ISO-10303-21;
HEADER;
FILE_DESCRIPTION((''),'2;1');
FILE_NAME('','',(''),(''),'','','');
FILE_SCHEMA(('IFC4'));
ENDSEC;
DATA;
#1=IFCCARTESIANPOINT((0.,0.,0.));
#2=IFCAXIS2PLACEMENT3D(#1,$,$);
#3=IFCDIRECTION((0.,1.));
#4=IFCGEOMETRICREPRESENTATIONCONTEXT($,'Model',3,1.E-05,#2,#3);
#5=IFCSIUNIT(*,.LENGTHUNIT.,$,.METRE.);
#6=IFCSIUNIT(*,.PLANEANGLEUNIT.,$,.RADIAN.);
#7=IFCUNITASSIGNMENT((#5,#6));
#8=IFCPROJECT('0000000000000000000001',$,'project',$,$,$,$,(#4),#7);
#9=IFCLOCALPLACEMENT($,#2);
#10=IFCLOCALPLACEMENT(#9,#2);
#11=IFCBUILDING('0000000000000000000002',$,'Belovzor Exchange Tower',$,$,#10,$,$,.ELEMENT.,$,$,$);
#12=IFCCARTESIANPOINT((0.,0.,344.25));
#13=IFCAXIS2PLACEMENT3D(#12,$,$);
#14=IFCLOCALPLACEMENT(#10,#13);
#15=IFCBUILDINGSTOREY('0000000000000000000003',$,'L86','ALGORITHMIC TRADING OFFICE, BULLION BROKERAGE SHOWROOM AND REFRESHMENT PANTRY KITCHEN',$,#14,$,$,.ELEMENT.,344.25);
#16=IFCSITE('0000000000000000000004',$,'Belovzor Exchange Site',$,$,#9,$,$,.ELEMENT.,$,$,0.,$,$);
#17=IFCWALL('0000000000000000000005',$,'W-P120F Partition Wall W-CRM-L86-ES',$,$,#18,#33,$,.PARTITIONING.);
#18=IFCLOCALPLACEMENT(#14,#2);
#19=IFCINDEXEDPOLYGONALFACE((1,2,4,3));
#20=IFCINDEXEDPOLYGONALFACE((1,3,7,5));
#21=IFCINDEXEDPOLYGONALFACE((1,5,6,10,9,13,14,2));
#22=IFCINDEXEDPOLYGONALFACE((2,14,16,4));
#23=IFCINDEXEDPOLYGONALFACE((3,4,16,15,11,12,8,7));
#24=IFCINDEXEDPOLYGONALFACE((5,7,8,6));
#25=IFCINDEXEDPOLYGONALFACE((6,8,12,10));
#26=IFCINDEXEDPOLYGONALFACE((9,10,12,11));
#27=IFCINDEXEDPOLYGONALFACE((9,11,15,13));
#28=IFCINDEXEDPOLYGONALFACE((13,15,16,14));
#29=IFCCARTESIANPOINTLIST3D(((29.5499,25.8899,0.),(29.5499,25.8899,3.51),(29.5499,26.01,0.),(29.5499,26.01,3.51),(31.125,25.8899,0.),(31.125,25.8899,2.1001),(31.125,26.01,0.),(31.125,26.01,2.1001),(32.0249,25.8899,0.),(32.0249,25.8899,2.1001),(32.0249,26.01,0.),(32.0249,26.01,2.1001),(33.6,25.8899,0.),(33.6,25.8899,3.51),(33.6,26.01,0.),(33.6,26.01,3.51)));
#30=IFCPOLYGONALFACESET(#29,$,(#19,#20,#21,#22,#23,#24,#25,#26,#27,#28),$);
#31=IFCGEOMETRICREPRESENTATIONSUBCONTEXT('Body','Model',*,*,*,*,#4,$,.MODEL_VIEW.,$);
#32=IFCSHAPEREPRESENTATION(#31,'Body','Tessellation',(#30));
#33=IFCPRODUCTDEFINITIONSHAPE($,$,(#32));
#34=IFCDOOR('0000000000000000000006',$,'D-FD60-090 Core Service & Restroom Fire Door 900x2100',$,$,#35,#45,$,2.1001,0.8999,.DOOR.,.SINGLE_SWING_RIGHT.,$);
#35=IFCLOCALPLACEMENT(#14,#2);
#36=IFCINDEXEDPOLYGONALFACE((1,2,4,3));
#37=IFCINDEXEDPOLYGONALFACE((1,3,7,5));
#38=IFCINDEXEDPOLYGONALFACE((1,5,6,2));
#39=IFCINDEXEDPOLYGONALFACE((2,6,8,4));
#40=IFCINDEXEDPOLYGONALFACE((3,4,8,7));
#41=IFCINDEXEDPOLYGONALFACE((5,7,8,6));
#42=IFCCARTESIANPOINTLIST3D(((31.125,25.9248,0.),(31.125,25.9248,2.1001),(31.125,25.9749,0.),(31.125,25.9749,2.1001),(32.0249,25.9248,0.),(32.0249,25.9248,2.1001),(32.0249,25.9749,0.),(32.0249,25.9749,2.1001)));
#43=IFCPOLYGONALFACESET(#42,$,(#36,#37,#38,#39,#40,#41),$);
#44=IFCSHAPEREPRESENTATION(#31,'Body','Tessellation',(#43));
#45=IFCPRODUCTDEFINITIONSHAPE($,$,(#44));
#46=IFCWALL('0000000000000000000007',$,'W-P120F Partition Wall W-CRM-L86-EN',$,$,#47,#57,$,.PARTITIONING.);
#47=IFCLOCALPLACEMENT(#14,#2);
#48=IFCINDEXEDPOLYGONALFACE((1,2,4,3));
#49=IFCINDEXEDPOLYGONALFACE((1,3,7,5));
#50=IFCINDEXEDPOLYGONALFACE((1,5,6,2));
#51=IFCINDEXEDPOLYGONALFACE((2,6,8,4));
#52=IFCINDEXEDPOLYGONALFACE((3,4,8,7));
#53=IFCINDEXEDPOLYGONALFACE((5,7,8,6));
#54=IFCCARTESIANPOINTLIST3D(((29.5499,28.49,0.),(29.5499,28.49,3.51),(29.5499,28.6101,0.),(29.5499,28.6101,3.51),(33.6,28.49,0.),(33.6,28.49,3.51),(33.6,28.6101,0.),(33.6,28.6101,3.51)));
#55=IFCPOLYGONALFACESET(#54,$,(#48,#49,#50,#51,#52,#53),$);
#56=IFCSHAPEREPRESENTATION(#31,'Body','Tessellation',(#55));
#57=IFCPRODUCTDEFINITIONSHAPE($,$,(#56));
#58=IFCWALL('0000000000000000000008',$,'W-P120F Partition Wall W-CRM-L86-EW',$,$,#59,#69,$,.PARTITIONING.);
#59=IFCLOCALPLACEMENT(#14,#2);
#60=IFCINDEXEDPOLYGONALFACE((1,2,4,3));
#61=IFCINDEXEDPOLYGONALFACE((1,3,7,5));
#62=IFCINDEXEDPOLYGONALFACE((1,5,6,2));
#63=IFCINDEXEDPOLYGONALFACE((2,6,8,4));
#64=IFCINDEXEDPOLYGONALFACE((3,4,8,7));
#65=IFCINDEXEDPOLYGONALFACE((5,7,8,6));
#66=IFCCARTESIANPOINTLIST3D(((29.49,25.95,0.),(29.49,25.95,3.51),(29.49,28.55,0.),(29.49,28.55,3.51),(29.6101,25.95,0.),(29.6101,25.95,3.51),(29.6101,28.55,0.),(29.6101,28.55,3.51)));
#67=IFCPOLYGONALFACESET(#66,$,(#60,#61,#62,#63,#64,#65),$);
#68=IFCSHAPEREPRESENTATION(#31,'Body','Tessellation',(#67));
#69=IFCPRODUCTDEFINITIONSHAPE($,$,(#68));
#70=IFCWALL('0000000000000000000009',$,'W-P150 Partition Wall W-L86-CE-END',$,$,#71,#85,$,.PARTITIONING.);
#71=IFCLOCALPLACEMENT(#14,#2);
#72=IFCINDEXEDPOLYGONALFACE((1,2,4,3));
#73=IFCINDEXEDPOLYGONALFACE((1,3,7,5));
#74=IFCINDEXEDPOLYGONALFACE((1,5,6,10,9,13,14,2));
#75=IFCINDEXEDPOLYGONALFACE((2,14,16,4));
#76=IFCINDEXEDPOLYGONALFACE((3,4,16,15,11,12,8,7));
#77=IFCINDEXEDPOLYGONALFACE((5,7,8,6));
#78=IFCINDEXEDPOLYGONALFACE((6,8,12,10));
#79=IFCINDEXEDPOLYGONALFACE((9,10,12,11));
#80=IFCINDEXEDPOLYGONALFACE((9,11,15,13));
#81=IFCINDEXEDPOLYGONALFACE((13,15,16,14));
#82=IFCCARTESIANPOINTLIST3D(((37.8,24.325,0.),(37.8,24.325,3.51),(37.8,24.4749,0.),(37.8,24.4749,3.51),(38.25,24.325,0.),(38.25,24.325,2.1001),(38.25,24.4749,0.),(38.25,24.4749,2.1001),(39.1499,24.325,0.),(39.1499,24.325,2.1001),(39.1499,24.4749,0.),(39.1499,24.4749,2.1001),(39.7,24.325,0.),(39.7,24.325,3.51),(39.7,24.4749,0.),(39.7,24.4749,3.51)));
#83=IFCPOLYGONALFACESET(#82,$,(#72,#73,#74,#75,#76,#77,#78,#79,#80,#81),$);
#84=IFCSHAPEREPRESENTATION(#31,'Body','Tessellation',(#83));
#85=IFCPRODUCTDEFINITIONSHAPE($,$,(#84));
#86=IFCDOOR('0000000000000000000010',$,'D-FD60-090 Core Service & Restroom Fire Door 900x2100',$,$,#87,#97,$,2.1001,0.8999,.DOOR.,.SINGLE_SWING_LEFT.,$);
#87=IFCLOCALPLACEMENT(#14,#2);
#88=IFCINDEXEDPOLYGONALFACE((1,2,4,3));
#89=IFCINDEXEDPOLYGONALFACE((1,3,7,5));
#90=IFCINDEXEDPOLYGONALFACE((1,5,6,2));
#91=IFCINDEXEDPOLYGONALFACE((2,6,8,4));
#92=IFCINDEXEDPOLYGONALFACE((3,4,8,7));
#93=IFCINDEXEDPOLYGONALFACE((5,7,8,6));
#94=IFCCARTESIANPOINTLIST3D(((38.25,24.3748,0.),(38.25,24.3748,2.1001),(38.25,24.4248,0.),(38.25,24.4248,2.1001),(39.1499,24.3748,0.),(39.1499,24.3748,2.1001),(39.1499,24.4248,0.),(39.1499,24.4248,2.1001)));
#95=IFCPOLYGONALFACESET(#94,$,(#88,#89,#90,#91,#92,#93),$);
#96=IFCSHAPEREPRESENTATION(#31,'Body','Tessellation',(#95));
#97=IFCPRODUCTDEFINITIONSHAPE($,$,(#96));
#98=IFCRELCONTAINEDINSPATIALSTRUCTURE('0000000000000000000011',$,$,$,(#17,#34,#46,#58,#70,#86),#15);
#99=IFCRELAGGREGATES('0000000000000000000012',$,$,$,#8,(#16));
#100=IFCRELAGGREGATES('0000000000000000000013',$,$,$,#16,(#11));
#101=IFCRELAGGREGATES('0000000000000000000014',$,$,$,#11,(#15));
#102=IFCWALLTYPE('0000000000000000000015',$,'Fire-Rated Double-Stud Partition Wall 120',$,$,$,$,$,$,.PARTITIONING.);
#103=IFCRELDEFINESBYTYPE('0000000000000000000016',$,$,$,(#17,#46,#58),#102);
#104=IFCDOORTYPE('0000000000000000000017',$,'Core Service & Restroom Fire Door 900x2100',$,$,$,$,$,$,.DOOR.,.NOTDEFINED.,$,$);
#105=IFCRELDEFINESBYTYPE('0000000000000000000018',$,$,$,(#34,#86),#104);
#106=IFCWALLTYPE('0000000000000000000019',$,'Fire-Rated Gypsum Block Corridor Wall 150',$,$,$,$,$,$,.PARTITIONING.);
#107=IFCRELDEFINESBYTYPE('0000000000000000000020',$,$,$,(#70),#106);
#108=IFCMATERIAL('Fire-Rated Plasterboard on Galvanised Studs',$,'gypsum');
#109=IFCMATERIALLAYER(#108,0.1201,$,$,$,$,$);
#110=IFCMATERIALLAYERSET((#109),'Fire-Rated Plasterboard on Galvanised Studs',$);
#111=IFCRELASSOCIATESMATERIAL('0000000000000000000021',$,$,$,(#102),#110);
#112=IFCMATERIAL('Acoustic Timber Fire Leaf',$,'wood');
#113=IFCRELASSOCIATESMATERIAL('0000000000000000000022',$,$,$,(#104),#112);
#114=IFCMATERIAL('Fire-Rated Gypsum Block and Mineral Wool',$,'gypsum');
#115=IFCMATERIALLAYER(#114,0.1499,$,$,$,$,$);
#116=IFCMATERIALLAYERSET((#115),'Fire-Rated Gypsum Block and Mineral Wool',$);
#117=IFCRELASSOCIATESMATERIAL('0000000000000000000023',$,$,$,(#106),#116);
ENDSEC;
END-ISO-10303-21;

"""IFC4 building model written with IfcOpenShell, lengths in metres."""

from ifc_helpers import new_model, si_unit, direction, frame, frame_2d, origin, place, context, subcontext, project, spatial, rectangle, extrude, material, layer, layer_set, type_object, element, fill, save


model = new_model("IFC4")

# Units and contexts
model_context = context("Model", 3, precision=1e-05, world=origin(), true_north=direction((0.0, 1.0)))
body_context = subcontext(model_context, "Body", "Model", "MODEL_VIEW")
ifc_project = project(units=[si_unit("LENGTHUNIT", "METRE"), si_unit("PLANEANGLEUNIT", "RADIAN")], contexts=[model_context])

# Site, building, storey
site_placement = place(None, origin())
site = spatial("IfcSite", under=ifc_project, at=site_placement, Name="Belovzor Exchange Site", CompositionType="ELEMENT", RefElevation=0.0)
building_placement = place(site_placement, origin())
building = spatial("IfcBuilding", under=site, at=building_placement, Name="Belovzor Exchange Tower", CompositionType="ELEMENT")
storey_placement = place(building_placement, frame((0.0, 0.0, 344.25)))
storey = spatial("IfcBuildingStorey", under=building, at=storey_placement, Name="L86", Description="ALGORITHMIC TRADING OFFICE, BULLION BROKERAGE SHOWROOM AND REFRESHMENT PANTRY KITCHEN", CompositionType="ELEMENT", Elevation=344.25)

# Shared definitions
ifc_material_1 = material(Name="Fire-Rated Plasterboard on Galvanised Studs", Category="gypsum")
ifc_layer_1 = layer(ifc_material_1, 0.1201)
ifc_layer_set_1 = layer_set([ifc_layer_1], Name="Fire-Rated Plasterboard on Galvanised Studs")
wall_type_1 = type_object("IfcWallType", Name="Fire-Rated Double-Stud Partition Wall 120", PredefinedType="PARTITIONING", material=ifc_layer_set_1)
ifc_material_2 = material(Name="Acoustic Timber Fire Leaf", Category="wood")
door_type_1 = type_object("IfcDoorType", Name="Core Service & Restroom Fire Door 900x2100", OperationType="NOTDEFINED", PredefinedType="DOOR", material=ifc_material_2)

# Wall, opening, door
wall_1_placement = place(storey_placement, frame((29.55, 25.95, 0.0), z_axis=(0.0, 0.0, 1.0), x_axis=(1.0, 0.0, 0.0)))
wall_1 = element("IfcWall", 1, at=wall_1_placement, inside=storey, type_object=wall_type_1, Name="W-P120F Partition Wall W-CRM-L86-ES", PredefinedType="PARTITIONING", context=body_context, shape_type="SweptSolid", body=[
    extrude(rectangle(XDim=4.05, YDim=0.1201, at=frame_2d((2.0249, 0.0))), origin(), (0.0, 0.0, 1.0), 3.51),
])
opening_1_placement = place(wall_1_placement, frame((1.575, 0.0, 0.0)))
opening_1 = element("IfcOpeningElement", 2, at=opening_1_placement, cuts=wall_1, PredefinedType="OPENING", context=body_context, shape_type="SweptSolid", body=[
    extrude(rectangle(XDim=0.8999, YDim=2.1001, at=frame_2d((0.45, 1.05))), frame((0.0, 0.0701, 0.0), z_axis=(0.0, -1.0, 0.0), x_axis=(1.0, 0.0, 0.0)), (0.0, 0.0, 1.0), 0.1401),
])
door_1_placement = place(opening_1_placement, origin())
door_1 = element("IfcDoor", 3, at=door_1_placement, inside=storey, type_object=door_type_1, Name="D-FD60-090 Core Service & Restroom Fire Door 900x2100", OperationType="SINGLE_SWING_RIGHT", OverallHeight=2.1001, OverallWidth=0.8999, PredefinedType="DOOR", context=body_context, shape_type="SweptSolid", body=[
    extrude(rectangle(XDim=0.8999, YDim=2.1001, at=frame_2d((0.45, 1.05))), frame((0.0, 0.0249, 0.0), z_axis=(0.0, -1.0, 0.0), x_axis=(1.0, 0.0, 0.0)), (0.0, 0.0, 1.0), 0.05),
])
fill(opening_1, door_1)

# Walls
wall_2_placement = place(storey_placement, frame((29.55, 28.55, 0.0), z_axis=(0.0, 0.0, 1.0), x_axis=(1.0, 0.0, 0.0)))
element("IfcWall", 4, at=wall_2_placement, inside=storey, type_object=wall_type_1, Name="W-P120F Partition Wall W-CRM-L86-EN", PredefinedType="PARTITIONING", context=body_context, shape_type="SweptSolid", body=[
    extrude(rectangle(XDim=4.05, YDim=0.1201, at=frame_2d((2.0249, 0.0))), origin(), (0.0, 0.0, 1.0), 3.51),
])
wall_3_placement = place(storey_placement, frame((29.55, 25.95, 0.0), z_axis=(0.0, 0.0, 1.0), x_axis=(0.0, 1.0, 0.0)))
element("IfcWall", 5, at=wall_3_placement, inside=storey, type_object=wall_type_1, Name="W-P120F Partition Wall W-CRM-L86-EW", PredefinedType="PARTITIONING", context=body_context, shape_type="SweptSolid", body=[
    extrude(rectangle(XDim=2.6001, YDim=0.1201, at=frame_2d((1.3, 0.0))), origin(), (0.0, 0.0, 1.0), 3.51),
])

# Wall, opening, door
ifc_material_3 = material(Name="Fire-Rated Gypsum Block and Mineral Wool", Category="gypsum")
ifc_layer_2 = layer(ifc_material_3, 0.1499)
ifc_layer_set_2 = layer_set([ifc_layer_2], Name="Fire-Rated Gypsum Block and Mineral Wool")
wall_type_2 = type_object("IfcWallType", Name="Fire-Rated Gypsum Block Corridor Wall 150", PredefinedType="PARTITIONING", material=ifc_layer_set_2)
wall_4_placement = place(storey_placement, frame((37.8, 24.3999, 0.0), z_axis=(0.0, 0.0, 1.0), x_axis=(1.0, 0.0, 0.0)))
wall_4 = element("IfcWall", 6, at=wall_4_placement, inside=storey, type_object=wall_type_2, Name="W-P150 Partition Wall W-L86-CE-END", PredefinedType="PARTITIONING", context=body_context, shape_type="SweptSolid", body=[
    extrude(rectangle(XDim=1.8999, YDim=0.1499, at=frame_2d((0.95, 0.0))), origin(), (0.0, 0.0, 1.0), 3.51),
])
opening_2_placement = place(wall_4_placement, frame((0.45, 0.0, 0.0)))
opening_2 = element("IfcOpeningElement", 7, at=opening_2_placement, cuts=wall_4, PredefinedType="OPENING", context=body_context, shape_type="SweptSolid", body=[
    extrude(rectangle(XDim=0.8999, YDim=2.1001, at=frame_2d((0.45, 1.05))), frame((0.0, 0.085, 0.0), z_axis=(0.0, -1.0, 0.0), x_axis=(1.0, 0.0, 0.0)), (0.0, 0.0, 1.0), 0.1699),
])
door_2_placement = place(opening_2_placement, origin())
door_2 = element("IfcDoor", 8, at=door_2_placement, inside=storey, type_object=door_type_1, Name="D-FD60-090 Core Service & Restroom Fire Door 900x2100", OperationType="SINGLE_SWING_LEFT", OverallHeight=2.1001, OverallWidth=0.8999, PredefinedType="DOOR", context=body_context, shape_type="SweptSolid", body=[
    extrude(rectangle(XDim=0.8999, YDim=2.1001, at=frame_2d((0.45, 1.05))), frame((0.0, 0.0249, 0.0), z_axis=(0.0, -1.0, 0.0), x_axis=(1.0, 0.0, 0.0)), (0.0, 0.0, 1.0), 0.05),
])
fill(opening_2, door_2)

save(model, "model.ifc")
